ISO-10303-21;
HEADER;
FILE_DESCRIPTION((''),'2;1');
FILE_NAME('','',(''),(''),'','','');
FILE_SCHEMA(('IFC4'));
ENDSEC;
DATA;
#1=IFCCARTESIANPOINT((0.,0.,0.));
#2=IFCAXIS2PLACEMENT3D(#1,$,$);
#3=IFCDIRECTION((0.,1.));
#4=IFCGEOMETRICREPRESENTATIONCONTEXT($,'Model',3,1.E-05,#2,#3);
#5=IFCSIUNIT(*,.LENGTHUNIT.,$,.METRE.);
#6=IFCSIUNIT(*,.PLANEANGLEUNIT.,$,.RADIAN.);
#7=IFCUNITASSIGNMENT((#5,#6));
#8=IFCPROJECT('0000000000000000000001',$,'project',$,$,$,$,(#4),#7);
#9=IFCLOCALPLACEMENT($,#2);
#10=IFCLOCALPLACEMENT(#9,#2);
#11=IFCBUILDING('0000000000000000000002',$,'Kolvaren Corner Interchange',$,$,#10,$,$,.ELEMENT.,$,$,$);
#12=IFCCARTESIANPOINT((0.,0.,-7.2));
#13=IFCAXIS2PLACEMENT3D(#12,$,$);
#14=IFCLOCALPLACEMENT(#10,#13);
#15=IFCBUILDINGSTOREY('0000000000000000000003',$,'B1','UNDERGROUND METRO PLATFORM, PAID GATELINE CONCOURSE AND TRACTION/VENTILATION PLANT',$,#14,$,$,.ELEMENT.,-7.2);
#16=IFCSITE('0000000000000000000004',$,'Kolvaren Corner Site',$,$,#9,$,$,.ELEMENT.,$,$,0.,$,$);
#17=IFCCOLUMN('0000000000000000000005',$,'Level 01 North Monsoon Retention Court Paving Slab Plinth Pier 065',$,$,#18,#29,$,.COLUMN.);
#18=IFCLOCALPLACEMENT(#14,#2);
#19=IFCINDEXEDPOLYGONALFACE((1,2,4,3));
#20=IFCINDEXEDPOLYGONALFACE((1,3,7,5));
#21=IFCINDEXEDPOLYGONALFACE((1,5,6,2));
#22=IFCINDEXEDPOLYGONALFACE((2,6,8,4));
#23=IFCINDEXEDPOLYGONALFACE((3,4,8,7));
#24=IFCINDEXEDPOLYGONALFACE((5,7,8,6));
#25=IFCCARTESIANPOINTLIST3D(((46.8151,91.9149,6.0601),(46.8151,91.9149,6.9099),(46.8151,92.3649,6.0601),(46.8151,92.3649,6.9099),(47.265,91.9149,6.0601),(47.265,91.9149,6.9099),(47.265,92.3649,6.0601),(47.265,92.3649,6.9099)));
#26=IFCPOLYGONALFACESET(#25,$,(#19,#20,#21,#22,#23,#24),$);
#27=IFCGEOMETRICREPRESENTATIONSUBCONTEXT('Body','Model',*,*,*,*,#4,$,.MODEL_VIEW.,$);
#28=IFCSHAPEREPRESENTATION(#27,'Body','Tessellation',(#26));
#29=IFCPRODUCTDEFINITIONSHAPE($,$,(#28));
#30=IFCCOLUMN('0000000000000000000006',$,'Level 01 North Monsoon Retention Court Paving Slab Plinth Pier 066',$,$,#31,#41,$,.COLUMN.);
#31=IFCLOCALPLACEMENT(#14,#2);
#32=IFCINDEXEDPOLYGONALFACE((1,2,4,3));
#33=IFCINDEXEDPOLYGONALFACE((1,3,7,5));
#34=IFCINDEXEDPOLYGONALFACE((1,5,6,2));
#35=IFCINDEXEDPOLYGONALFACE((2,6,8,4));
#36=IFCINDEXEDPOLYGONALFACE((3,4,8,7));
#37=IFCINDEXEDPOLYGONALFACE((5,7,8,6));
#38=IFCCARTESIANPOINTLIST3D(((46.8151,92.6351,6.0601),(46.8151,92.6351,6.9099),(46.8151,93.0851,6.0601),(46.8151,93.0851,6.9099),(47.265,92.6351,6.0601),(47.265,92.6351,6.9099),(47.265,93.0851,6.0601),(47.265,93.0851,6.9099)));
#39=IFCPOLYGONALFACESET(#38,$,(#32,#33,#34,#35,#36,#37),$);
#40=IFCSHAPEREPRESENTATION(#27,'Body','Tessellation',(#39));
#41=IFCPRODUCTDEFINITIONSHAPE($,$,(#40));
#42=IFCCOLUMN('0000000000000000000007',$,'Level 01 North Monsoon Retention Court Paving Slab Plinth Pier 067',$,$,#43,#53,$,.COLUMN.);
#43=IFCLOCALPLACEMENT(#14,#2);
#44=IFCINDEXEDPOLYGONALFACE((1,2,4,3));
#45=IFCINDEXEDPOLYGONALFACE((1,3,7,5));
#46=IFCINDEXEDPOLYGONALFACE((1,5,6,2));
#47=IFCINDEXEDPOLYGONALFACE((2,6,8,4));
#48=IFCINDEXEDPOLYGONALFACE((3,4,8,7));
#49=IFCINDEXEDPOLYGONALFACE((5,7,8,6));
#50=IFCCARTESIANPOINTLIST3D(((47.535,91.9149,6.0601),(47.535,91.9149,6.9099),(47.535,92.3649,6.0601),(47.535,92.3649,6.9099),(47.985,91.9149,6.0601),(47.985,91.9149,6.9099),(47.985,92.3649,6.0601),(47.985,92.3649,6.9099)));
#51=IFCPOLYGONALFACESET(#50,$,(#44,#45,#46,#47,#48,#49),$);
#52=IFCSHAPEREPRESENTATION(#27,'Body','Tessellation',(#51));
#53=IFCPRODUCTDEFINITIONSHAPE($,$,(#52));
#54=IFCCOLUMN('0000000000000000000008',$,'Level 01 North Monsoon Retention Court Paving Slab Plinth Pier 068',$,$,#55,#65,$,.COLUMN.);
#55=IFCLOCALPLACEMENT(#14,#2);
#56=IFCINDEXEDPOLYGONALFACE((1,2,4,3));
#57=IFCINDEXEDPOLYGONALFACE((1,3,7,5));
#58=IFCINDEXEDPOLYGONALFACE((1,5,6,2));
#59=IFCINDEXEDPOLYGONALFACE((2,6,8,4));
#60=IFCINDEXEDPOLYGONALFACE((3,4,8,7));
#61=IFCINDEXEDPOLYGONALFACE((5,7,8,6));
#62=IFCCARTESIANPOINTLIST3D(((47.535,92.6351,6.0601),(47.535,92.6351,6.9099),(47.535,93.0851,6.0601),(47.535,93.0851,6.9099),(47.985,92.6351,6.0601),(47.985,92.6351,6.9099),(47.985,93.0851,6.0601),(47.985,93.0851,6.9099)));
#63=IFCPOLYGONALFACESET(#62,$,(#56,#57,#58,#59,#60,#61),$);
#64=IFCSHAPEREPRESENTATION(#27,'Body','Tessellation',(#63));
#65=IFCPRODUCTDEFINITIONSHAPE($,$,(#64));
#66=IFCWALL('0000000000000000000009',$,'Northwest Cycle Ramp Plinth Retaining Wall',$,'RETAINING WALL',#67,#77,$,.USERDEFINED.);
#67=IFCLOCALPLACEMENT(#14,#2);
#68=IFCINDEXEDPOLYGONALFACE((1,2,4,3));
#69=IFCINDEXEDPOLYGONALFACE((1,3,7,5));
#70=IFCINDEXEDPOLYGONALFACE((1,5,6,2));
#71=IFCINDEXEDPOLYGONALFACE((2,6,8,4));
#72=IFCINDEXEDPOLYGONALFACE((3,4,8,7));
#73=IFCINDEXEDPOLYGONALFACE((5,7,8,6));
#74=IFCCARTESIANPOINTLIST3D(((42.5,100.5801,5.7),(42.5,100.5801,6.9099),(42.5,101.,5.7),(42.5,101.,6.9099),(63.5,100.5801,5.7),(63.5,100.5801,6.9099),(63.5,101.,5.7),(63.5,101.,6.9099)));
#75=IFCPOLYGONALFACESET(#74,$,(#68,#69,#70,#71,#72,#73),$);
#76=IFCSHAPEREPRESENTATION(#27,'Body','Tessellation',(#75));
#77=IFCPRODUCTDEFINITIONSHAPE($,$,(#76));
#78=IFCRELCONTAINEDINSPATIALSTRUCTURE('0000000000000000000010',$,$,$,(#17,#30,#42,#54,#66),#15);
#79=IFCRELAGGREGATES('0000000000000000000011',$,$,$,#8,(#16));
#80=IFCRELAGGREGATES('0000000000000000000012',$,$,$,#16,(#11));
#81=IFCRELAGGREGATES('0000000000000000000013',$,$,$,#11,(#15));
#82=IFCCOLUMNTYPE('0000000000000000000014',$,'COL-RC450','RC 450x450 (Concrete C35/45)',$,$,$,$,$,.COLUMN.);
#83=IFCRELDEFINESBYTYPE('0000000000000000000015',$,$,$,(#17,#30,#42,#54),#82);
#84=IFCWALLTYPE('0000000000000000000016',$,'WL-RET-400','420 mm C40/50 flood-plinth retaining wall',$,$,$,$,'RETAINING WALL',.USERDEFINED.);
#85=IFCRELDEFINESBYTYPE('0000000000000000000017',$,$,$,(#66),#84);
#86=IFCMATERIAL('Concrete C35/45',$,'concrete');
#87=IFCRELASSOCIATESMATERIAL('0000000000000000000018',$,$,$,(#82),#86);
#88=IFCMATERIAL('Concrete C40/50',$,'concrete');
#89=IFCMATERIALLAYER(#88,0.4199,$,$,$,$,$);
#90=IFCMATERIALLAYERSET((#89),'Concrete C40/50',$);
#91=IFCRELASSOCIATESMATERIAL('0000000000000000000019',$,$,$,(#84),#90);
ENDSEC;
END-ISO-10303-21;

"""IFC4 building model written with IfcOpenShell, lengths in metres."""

from ifc_helpers import new_model, si_unit, direction, frame, frame_2d, origin, origin_2d, place, context, subcontext, project, spatial, rectangle, extrude, material, layer, layer_set, material_profile, profile_set, type_object, element, save


model = new_model("IFC4")

# Units and contexts
model_context = context("Model", 3, precision=1e-05, world=origin(), true_north=direction((0.0, 1.0)))
body_context = subcontext(model_context, "Body", "Model", "MODEL_VIEW")
ifc_project = project(units=[si_unit("LENGTHUNIT", "METRE"), si_unit("PLANEANGLEUNIT", "RADIAN")], contexts=[model_context])

# Site, building, storey
site_placement = place(None, origin())
site = spatial("IfcSite", under=ifc_project, at=site_placement, Name="Kolvaren Corner Site", CompositionType="ELEMENT", RefElevation=0.0)
building_placement = place(site_placement, origin())
building = spatial("IfcBuilding", under=site, at=building_placement, Name="Kolvaren Corner Interchange", CompositionType="ELEMENT")
storey_placement = place(building_placement, frame((0.0, 0.0, -7.2)))
storey = spatial("IfcBuildingStorey", under=building, at=storey_placement, Name="B1", Description="UNDERGROUND METRO PLATFORM, PAID GATELINE CONCOURSE AND TRACTION/VENTILATION PLANT", CompositionType="ELEMENT", Elevation=-7.2)

# Columns
ifc_material_1 = material(Name="Concrete C35/45", Category="concrete")
ifc_material_profile_1 = material_profile(ifc_material_1, rectangle(XDim=0.45, YDim=0.45, at=origin_2d()), Name="RC 450x450")
ifc_profile_set_1 = profile_set([ifc_material_profile_1], Name="Concrete C35/45")
column_type = type_object("IfcColumnType", Name="COL-RC450", Description="RC 450x450 (Concrete C35/45)", PredefinedType="COLUMN", material=ifc_profile_set_1)
for number, where, z_axis, x_axis, name in (
    (1, (47.04, 92.1399, 6.0601), (0.0, 0.0, 1.0), (1.0, 0.0, 0.0), "Level 01 North Monsoon Retention Court Paving Slab Plinth Pier 065"),
    (2, (47.04, 92.8601, 6.0601), (0.0, 0.0, 1.0), (1.0, 0.0, 0.0), "Level 01 North Monsoon Retention Court Paving Slab Plinth Pier 066"),
    (3, (47.76, 92.1399, 6.0601), (0.0, 0.0, 1.0), (1.0, 0.0, 0.0), "Level 01 North Monsoon Retention Court Paving Slab Plinth Pier 067"),
    (4, (47.76, 92.8601, 6.0601), (0.0, 0.0, 1.0), (1.0, 0.0, 0.0), "Level 01 North Monsoon Retention Court Paving Slab Plinth Pier 068"),
):
    element("IfcColumn", number, at=place(storey_placement, frame(where, z_axis=z_axis, x_axis=x_axis)), inside=storey, type_object=column_type, Name=name, PredefinedType="COLUMN", context=body_context, shape_type="SweptSolid", body=[
        extrude(rectangle(XDim=0.45, YDim=0.45, at=origin_2d()), origin(), (0.0, 0.0, 1.0), 0.8499),
    ])

# Wall
ifc_material_2 = material(Name="Concrete C40/50", Category="concrete")
ifc_layer = layer(ifc_material_2, 0.4199)
ifc_layer_set = layer_set([ifc_layer], Name="Concrete C40/50")
wall_type = type_object("IfcWallType", Name="WL-RET-400", Description="420 mm C40/50 flood-plinth retaining wall", ElementType="RETAINING WALL", PredefinedType="USERDEFINED", material=ifc_layer_set)
wall_placement = place(storey_placement, frame((42.5, 100.79, 5.7), z_axis=(0.0, 0.0, 1.0), x_axis=(1.0, 0.0, 0.0)))
element("IfcWall", 5, at=wall_placement, inside=storey, type_object=wall_type, Name="Northwest Cycle Ramp Plinth Retaining Wall", ObjectType="RETAINING WALL", PredefinedType="USERDEFINED", context=body_context, shape_type="SweptSolid", body=[
    extrude(rectangle(XDim=21.0, YDim=0.4199, at=frame_2d((10.5, 0.0))), origin(), (0.0, 0.0, 1.0), 1.21),
])

save(model, "model.ifc")
